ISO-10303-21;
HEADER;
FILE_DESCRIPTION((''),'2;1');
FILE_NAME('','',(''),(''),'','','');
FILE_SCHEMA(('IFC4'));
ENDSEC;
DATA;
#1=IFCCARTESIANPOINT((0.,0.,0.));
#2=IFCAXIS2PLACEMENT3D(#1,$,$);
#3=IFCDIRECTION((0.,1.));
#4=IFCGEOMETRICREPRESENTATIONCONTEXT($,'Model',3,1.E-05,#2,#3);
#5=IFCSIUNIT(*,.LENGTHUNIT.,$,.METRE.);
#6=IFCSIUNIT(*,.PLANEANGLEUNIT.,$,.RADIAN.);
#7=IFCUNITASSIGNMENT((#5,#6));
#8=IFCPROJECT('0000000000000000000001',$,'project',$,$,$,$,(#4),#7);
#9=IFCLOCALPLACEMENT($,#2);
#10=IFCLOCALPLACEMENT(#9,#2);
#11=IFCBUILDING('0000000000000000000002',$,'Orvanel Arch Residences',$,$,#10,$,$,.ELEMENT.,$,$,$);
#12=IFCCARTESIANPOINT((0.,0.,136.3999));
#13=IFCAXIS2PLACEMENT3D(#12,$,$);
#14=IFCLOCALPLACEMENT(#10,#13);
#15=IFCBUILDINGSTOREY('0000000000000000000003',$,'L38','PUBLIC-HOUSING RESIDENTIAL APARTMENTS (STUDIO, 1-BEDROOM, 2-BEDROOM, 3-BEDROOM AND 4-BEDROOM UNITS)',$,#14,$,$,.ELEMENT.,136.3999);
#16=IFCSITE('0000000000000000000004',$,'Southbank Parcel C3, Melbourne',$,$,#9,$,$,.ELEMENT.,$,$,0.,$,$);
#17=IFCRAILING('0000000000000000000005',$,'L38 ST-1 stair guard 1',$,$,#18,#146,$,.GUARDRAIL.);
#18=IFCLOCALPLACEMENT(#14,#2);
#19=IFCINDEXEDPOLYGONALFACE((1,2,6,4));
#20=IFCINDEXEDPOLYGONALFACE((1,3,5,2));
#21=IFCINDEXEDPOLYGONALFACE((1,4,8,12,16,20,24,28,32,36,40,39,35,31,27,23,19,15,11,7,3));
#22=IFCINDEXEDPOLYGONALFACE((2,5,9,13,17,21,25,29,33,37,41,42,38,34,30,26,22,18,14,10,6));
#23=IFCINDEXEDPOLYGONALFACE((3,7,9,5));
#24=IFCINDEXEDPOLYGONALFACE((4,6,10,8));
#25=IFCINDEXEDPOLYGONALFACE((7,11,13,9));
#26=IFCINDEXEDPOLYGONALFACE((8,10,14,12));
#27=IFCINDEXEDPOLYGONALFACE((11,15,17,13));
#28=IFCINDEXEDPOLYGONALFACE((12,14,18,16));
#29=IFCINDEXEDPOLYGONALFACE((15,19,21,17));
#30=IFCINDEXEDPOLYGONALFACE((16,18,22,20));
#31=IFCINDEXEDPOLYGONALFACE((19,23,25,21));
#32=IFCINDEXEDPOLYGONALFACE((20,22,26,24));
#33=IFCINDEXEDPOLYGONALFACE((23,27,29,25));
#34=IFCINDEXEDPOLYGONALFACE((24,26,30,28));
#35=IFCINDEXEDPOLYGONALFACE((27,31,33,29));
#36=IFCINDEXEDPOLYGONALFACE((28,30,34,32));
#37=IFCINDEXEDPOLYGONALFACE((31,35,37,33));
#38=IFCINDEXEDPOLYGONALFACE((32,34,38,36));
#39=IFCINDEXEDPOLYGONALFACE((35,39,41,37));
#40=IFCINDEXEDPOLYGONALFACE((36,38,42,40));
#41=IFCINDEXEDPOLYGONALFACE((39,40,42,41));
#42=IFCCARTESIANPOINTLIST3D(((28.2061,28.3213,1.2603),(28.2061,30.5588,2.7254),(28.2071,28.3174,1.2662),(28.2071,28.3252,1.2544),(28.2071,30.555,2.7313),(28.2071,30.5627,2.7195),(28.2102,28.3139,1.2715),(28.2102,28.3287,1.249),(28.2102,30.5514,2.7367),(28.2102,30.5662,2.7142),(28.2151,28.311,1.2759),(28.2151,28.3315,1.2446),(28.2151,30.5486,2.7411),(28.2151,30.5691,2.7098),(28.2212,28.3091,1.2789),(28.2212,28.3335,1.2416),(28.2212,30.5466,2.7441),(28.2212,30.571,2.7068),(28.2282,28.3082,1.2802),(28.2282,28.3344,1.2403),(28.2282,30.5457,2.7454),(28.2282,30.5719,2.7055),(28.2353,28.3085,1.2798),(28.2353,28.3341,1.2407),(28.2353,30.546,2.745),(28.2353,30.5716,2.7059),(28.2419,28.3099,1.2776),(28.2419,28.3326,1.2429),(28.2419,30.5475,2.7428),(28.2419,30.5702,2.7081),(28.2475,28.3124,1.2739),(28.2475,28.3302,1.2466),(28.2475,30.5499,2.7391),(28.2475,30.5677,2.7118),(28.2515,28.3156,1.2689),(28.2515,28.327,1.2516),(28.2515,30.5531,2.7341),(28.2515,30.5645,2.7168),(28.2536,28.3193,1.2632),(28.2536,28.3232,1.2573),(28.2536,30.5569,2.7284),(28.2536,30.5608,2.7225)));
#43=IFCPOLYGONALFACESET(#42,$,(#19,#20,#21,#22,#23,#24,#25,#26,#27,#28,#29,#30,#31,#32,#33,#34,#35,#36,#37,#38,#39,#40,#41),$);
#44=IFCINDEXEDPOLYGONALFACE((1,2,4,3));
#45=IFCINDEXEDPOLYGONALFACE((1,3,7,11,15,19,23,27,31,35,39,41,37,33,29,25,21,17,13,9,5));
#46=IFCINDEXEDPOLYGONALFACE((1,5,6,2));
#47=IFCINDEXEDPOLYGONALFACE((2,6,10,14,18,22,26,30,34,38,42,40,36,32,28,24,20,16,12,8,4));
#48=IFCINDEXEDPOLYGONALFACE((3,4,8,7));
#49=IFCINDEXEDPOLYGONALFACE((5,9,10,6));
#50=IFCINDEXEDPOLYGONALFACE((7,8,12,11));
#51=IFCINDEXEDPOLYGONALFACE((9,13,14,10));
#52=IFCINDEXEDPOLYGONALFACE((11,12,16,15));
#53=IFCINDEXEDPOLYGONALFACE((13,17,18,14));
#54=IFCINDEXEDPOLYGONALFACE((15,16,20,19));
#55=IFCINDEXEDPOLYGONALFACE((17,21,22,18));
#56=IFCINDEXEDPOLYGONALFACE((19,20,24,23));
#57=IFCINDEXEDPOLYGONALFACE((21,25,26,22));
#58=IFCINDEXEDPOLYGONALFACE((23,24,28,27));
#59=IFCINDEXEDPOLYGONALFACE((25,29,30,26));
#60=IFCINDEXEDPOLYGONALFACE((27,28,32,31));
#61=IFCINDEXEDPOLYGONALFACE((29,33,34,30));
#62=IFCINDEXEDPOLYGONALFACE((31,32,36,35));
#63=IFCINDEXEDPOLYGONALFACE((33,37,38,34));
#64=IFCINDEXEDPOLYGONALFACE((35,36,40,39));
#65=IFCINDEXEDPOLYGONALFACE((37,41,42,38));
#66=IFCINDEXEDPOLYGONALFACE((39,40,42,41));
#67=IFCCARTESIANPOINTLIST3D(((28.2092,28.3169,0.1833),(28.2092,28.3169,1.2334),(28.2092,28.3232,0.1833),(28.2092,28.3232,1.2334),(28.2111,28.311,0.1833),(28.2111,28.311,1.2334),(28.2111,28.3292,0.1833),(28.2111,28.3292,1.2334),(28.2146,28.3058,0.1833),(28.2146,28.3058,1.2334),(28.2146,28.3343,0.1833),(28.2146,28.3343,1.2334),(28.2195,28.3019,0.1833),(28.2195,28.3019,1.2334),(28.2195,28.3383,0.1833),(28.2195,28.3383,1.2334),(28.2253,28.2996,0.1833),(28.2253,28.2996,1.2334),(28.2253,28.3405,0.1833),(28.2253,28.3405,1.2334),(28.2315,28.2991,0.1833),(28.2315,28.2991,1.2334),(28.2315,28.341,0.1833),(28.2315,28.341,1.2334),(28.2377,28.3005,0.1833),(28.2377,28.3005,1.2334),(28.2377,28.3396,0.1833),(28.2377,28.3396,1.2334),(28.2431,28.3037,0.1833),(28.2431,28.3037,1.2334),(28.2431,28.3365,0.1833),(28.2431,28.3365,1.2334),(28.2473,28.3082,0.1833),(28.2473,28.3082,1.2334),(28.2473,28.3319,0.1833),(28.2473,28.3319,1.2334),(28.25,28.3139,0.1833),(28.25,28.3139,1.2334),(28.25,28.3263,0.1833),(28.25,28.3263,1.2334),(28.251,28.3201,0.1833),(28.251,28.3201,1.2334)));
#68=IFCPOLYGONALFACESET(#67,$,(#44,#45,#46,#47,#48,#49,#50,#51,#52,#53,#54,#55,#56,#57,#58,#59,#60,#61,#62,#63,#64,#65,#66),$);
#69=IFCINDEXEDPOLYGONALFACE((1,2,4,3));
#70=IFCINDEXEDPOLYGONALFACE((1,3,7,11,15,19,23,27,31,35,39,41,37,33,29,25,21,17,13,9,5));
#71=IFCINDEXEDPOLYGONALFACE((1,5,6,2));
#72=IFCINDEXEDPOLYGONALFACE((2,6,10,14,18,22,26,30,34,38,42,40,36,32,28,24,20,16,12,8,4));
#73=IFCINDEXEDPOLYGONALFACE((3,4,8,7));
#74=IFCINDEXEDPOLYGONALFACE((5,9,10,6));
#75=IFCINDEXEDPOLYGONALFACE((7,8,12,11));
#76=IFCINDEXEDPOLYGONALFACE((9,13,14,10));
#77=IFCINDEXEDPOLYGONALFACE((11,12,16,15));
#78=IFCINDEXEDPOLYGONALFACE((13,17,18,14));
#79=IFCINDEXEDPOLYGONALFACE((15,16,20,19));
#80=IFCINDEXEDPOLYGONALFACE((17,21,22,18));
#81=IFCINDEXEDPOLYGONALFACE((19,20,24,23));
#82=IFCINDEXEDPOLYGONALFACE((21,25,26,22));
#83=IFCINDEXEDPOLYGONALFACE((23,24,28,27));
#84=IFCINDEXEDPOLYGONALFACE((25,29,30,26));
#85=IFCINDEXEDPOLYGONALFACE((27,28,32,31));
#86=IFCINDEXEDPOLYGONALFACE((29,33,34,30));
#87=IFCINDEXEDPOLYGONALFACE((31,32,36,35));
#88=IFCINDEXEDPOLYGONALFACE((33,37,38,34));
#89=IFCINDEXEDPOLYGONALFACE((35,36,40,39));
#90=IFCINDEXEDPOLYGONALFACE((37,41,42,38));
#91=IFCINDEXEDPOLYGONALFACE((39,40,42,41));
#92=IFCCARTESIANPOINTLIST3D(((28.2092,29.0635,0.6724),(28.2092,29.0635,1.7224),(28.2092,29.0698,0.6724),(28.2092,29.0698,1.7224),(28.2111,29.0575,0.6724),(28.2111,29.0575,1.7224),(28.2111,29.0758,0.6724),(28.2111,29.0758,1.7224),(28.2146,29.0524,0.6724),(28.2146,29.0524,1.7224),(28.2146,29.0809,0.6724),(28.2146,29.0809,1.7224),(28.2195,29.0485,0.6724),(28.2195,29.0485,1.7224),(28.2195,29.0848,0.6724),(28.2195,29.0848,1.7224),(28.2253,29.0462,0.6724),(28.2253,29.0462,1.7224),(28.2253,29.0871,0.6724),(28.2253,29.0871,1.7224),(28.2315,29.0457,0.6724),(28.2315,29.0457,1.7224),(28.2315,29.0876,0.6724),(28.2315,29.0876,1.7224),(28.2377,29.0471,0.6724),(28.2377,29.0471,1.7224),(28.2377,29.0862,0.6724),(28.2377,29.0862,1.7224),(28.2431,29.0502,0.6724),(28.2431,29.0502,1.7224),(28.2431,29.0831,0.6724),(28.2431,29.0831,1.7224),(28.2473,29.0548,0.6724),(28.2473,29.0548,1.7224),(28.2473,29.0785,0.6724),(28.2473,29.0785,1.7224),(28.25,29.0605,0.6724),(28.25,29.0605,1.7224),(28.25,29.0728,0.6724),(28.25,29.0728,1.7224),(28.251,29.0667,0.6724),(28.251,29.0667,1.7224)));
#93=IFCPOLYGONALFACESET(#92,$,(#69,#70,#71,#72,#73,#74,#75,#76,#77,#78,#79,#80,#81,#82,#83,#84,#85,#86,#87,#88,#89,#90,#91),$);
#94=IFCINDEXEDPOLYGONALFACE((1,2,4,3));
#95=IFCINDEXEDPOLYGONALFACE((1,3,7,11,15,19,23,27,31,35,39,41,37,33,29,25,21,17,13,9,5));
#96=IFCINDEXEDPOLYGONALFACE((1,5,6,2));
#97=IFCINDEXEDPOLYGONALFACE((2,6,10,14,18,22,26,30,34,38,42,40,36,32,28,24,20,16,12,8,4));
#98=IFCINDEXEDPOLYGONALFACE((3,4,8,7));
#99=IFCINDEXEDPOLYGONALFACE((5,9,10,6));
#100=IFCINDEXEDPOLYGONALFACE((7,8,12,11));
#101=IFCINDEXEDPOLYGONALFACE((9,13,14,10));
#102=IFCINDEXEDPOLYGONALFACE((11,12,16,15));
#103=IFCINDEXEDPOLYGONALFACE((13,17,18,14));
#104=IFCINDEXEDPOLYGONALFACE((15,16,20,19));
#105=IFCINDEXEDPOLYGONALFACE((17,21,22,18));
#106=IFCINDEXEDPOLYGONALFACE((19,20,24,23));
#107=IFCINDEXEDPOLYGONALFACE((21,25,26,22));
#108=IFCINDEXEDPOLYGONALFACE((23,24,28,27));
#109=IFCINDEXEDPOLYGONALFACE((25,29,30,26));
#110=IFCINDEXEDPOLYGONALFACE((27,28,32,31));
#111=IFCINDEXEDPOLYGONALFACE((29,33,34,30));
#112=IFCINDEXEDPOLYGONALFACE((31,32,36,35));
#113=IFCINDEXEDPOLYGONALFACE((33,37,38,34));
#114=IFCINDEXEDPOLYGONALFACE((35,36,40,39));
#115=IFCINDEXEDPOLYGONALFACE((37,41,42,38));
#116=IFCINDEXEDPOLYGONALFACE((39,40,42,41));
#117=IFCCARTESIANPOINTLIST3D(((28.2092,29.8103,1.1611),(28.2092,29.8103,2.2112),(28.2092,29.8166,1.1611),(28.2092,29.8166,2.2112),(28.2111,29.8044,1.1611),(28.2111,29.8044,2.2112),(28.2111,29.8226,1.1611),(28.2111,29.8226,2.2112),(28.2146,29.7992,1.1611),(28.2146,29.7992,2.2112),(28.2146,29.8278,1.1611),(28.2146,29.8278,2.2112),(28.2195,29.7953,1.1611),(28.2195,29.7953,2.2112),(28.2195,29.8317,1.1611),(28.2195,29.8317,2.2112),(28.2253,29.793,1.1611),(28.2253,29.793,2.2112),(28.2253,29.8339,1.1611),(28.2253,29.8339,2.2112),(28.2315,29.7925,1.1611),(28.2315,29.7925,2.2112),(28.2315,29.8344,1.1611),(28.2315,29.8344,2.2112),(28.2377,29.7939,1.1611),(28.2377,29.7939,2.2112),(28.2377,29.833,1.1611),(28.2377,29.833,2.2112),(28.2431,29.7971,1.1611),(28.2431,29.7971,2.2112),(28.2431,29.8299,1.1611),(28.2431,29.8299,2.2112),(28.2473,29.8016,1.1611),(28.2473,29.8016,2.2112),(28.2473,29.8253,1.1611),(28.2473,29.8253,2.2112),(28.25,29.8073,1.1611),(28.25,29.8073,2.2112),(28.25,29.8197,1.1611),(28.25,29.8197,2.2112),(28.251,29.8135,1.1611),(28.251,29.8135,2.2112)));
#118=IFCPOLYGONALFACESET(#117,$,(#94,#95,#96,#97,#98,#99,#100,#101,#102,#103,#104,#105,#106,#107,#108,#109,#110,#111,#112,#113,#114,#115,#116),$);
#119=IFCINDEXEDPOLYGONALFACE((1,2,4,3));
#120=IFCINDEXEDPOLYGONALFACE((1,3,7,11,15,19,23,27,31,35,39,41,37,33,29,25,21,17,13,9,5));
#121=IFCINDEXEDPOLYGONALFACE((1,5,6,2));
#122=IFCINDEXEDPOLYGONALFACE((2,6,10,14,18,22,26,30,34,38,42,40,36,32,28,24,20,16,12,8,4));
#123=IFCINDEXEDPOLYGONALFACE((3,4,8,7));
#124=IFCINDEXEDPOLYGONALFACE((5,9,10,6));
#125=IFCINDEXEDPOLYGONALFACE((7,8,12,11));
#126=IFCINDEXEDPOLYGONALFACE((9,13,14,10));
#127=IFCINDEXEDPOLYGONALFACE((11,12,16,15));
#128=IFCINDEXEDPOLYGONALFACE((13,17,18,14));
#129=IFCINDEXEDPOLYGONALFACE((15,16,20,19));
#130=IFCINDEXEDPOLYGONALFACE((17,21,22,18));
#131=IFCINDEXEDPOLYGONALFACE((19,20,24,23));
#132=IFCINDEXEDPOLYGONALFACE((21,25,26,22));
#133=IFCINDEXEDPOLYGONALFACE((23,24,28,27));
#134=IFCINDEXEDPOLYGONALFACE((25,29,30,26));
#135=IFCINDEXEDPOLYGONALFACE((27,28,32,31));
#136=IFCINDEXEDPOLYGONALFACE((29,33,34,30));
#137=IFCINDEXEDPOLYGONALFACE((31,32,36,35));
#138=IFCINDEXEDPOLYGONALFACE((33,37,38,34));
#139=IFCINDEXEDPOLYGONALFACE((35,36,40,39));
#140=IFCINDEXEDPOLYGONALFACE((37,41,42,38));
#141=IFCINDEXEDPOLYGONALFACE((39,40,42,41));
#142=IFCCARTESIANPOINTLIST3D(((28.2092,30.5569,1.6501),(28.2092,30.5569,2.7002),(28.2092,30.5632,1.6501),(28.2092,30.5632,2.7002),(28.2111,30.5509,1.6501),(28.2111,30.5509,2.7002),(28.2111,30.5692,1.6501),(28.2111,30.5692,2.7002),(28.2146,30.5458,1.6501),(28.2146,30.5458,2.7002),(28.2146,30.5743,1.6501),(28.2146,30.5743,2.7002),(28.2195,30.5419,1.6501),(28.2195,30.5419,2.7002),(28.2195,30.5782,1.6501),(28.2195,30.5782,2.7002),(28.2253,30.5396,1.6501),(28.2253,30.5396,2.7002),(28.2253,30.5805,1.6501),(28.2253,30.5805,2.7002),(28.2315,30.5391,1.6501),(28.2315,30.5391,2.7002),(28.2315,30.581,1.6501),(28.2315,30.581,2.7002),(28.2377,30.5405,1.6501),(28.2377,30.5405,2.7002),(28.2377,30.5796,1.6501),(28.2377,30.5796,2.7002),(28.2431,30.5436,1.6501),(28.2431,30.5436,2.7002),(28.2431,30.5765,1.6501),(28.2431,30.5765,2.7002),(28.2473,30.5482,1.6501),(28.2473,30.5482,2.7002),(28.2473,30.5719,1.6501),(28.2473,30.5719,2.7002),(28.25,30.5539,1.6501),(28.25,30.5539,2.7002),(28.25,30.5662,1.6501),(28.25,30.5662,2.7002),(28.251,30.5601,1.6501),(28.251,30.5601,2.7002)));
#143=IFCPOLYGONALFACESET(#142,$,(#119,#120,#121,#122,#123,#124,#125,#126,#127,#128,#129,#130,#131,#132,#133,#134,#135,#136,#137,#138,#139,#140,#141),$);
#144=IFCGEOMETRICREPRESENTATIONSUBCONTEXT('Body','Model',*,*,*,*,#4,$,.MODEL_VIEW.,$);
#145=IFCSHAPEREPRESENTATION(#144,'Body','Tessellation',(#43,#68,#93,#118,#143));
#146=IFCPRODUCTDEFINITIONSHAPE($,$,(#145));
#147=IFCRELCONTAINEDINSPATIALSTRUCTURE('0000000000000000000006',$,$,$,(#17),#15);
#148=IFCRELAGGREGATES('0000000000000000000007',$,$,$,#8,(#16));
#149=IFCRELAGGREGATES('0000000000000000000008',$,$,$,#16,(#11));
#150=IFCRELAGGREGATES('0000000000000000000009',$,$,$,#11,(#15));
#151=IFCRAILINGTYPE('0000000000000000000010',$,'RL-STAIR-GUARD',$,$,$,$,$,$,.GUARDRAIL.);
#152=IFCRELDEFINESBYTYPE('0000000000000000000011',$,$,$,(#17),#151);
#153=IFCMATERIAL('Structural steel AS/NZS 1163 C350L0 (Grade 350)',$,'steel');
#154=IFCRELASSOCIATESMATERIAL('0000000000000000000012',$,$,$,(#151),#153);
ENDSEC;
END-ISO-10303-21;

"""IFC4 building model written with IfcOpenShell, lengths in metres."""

from ifc_helpers import new_model, si_unit, direction, frame, origin, origin_2d, place, context, subcontext, project, spatial, circle, extrude, material, type_object, element, save


model = new_model("IFC4")

# Units and contexts
model_context = context("Model", 3, precision=1e-05, world=origin(), true_north=direction((0.0, 1.0)))
body_context = subcontext(model_context, "Body", "Model", "MODEL_VIEW")
ifc_project = project(units=[si_unit("LENGTHUNIT", "METRE"), si_unit("PLANEANGLEUNIT", "RADIAN")], contexts=[model_context])

# Site, building, storey
site_placement = place(None, origin())
site = spatial("IfcSite", under=ifc_project, at=site_placement, Name="Southbank Parcel C3, Melbourne", CompositionType="ELEMENT", RefElevation=0.0)
building_placement = place(site_placement, origin())
building = spatial("IfcBuilding", under=site, at=building_placement, Name="Orvanel Arch Residences", CompositionType="ELEMENT")
storey_placement = place(building_placement, frame((0.0, 0.0, 136.3999)))
storey = spatial("IfcBuildingStorey", under=building, at=storey_placement, Name="L38", Description="PUBLIC-HOUSING RESIDENTIAL APARTMENTS (STUDIO, 1-BEDROOM, 2-BEDROOM, 3-BEDROOM AND 4-BEDROOM UNITS)", CompositionType="ELEMENT", Elevation=136.3999)

# Railing
ifc_material_1 = material(Name="Structural steel AS/NZS 1163 C350L0 (Grade 350)", Category="steel")
railing_type_1 = type_object("IfcRailingType", Name="RL-STAIR-GUARD", PredefinedType="GUARDRAIL", material=ifc_material_1)
railing_1_placement = place(storey_placement, frame((28.23, 28.3201, 0.1833)))
element("IfcRailing", 1, at=railing_1_placement, inside=storey, type_object=railing_type_1, Name="L38 ST-1 stair guard 1", PredefinedType="GUARDRAIL", context=body_context, shape_type="SweptSolid", body=[
    extrude(circle(Radius=0.0239, at=origin_2d()), frame((0.0, 0.0012, 1.0769), z_axis=(0.0, 0.836595, 0.547822), x_axis=(-1.0, 0.0, 0.0)), (0.0, 0.0, 1.0), 2.6746),
    extrude(circle(Radius=0.021, at=origin_2d()), origin(), (0.0, 0.0, 1.0), 1.05),
    extrude(circle(Radius=0.021, at=origin_2d()), frame((0.0, 0.7466, 0.489)), (0.0, 0.0, 1.0), 1.05),
    extrude(circle(Radius=0.021, at=origin_2d()), frame((0.0, 1.4934, 0.9778)), (0.0, 0.0, 1.0), 1.05),
    extrude(circle(Radius=0.021, at=origin_2d()), frame((0.0, 2.24, 1.4668)), (0.0, 0.0, 1.0), 1.05),
])

save(model, "model.ifc")
